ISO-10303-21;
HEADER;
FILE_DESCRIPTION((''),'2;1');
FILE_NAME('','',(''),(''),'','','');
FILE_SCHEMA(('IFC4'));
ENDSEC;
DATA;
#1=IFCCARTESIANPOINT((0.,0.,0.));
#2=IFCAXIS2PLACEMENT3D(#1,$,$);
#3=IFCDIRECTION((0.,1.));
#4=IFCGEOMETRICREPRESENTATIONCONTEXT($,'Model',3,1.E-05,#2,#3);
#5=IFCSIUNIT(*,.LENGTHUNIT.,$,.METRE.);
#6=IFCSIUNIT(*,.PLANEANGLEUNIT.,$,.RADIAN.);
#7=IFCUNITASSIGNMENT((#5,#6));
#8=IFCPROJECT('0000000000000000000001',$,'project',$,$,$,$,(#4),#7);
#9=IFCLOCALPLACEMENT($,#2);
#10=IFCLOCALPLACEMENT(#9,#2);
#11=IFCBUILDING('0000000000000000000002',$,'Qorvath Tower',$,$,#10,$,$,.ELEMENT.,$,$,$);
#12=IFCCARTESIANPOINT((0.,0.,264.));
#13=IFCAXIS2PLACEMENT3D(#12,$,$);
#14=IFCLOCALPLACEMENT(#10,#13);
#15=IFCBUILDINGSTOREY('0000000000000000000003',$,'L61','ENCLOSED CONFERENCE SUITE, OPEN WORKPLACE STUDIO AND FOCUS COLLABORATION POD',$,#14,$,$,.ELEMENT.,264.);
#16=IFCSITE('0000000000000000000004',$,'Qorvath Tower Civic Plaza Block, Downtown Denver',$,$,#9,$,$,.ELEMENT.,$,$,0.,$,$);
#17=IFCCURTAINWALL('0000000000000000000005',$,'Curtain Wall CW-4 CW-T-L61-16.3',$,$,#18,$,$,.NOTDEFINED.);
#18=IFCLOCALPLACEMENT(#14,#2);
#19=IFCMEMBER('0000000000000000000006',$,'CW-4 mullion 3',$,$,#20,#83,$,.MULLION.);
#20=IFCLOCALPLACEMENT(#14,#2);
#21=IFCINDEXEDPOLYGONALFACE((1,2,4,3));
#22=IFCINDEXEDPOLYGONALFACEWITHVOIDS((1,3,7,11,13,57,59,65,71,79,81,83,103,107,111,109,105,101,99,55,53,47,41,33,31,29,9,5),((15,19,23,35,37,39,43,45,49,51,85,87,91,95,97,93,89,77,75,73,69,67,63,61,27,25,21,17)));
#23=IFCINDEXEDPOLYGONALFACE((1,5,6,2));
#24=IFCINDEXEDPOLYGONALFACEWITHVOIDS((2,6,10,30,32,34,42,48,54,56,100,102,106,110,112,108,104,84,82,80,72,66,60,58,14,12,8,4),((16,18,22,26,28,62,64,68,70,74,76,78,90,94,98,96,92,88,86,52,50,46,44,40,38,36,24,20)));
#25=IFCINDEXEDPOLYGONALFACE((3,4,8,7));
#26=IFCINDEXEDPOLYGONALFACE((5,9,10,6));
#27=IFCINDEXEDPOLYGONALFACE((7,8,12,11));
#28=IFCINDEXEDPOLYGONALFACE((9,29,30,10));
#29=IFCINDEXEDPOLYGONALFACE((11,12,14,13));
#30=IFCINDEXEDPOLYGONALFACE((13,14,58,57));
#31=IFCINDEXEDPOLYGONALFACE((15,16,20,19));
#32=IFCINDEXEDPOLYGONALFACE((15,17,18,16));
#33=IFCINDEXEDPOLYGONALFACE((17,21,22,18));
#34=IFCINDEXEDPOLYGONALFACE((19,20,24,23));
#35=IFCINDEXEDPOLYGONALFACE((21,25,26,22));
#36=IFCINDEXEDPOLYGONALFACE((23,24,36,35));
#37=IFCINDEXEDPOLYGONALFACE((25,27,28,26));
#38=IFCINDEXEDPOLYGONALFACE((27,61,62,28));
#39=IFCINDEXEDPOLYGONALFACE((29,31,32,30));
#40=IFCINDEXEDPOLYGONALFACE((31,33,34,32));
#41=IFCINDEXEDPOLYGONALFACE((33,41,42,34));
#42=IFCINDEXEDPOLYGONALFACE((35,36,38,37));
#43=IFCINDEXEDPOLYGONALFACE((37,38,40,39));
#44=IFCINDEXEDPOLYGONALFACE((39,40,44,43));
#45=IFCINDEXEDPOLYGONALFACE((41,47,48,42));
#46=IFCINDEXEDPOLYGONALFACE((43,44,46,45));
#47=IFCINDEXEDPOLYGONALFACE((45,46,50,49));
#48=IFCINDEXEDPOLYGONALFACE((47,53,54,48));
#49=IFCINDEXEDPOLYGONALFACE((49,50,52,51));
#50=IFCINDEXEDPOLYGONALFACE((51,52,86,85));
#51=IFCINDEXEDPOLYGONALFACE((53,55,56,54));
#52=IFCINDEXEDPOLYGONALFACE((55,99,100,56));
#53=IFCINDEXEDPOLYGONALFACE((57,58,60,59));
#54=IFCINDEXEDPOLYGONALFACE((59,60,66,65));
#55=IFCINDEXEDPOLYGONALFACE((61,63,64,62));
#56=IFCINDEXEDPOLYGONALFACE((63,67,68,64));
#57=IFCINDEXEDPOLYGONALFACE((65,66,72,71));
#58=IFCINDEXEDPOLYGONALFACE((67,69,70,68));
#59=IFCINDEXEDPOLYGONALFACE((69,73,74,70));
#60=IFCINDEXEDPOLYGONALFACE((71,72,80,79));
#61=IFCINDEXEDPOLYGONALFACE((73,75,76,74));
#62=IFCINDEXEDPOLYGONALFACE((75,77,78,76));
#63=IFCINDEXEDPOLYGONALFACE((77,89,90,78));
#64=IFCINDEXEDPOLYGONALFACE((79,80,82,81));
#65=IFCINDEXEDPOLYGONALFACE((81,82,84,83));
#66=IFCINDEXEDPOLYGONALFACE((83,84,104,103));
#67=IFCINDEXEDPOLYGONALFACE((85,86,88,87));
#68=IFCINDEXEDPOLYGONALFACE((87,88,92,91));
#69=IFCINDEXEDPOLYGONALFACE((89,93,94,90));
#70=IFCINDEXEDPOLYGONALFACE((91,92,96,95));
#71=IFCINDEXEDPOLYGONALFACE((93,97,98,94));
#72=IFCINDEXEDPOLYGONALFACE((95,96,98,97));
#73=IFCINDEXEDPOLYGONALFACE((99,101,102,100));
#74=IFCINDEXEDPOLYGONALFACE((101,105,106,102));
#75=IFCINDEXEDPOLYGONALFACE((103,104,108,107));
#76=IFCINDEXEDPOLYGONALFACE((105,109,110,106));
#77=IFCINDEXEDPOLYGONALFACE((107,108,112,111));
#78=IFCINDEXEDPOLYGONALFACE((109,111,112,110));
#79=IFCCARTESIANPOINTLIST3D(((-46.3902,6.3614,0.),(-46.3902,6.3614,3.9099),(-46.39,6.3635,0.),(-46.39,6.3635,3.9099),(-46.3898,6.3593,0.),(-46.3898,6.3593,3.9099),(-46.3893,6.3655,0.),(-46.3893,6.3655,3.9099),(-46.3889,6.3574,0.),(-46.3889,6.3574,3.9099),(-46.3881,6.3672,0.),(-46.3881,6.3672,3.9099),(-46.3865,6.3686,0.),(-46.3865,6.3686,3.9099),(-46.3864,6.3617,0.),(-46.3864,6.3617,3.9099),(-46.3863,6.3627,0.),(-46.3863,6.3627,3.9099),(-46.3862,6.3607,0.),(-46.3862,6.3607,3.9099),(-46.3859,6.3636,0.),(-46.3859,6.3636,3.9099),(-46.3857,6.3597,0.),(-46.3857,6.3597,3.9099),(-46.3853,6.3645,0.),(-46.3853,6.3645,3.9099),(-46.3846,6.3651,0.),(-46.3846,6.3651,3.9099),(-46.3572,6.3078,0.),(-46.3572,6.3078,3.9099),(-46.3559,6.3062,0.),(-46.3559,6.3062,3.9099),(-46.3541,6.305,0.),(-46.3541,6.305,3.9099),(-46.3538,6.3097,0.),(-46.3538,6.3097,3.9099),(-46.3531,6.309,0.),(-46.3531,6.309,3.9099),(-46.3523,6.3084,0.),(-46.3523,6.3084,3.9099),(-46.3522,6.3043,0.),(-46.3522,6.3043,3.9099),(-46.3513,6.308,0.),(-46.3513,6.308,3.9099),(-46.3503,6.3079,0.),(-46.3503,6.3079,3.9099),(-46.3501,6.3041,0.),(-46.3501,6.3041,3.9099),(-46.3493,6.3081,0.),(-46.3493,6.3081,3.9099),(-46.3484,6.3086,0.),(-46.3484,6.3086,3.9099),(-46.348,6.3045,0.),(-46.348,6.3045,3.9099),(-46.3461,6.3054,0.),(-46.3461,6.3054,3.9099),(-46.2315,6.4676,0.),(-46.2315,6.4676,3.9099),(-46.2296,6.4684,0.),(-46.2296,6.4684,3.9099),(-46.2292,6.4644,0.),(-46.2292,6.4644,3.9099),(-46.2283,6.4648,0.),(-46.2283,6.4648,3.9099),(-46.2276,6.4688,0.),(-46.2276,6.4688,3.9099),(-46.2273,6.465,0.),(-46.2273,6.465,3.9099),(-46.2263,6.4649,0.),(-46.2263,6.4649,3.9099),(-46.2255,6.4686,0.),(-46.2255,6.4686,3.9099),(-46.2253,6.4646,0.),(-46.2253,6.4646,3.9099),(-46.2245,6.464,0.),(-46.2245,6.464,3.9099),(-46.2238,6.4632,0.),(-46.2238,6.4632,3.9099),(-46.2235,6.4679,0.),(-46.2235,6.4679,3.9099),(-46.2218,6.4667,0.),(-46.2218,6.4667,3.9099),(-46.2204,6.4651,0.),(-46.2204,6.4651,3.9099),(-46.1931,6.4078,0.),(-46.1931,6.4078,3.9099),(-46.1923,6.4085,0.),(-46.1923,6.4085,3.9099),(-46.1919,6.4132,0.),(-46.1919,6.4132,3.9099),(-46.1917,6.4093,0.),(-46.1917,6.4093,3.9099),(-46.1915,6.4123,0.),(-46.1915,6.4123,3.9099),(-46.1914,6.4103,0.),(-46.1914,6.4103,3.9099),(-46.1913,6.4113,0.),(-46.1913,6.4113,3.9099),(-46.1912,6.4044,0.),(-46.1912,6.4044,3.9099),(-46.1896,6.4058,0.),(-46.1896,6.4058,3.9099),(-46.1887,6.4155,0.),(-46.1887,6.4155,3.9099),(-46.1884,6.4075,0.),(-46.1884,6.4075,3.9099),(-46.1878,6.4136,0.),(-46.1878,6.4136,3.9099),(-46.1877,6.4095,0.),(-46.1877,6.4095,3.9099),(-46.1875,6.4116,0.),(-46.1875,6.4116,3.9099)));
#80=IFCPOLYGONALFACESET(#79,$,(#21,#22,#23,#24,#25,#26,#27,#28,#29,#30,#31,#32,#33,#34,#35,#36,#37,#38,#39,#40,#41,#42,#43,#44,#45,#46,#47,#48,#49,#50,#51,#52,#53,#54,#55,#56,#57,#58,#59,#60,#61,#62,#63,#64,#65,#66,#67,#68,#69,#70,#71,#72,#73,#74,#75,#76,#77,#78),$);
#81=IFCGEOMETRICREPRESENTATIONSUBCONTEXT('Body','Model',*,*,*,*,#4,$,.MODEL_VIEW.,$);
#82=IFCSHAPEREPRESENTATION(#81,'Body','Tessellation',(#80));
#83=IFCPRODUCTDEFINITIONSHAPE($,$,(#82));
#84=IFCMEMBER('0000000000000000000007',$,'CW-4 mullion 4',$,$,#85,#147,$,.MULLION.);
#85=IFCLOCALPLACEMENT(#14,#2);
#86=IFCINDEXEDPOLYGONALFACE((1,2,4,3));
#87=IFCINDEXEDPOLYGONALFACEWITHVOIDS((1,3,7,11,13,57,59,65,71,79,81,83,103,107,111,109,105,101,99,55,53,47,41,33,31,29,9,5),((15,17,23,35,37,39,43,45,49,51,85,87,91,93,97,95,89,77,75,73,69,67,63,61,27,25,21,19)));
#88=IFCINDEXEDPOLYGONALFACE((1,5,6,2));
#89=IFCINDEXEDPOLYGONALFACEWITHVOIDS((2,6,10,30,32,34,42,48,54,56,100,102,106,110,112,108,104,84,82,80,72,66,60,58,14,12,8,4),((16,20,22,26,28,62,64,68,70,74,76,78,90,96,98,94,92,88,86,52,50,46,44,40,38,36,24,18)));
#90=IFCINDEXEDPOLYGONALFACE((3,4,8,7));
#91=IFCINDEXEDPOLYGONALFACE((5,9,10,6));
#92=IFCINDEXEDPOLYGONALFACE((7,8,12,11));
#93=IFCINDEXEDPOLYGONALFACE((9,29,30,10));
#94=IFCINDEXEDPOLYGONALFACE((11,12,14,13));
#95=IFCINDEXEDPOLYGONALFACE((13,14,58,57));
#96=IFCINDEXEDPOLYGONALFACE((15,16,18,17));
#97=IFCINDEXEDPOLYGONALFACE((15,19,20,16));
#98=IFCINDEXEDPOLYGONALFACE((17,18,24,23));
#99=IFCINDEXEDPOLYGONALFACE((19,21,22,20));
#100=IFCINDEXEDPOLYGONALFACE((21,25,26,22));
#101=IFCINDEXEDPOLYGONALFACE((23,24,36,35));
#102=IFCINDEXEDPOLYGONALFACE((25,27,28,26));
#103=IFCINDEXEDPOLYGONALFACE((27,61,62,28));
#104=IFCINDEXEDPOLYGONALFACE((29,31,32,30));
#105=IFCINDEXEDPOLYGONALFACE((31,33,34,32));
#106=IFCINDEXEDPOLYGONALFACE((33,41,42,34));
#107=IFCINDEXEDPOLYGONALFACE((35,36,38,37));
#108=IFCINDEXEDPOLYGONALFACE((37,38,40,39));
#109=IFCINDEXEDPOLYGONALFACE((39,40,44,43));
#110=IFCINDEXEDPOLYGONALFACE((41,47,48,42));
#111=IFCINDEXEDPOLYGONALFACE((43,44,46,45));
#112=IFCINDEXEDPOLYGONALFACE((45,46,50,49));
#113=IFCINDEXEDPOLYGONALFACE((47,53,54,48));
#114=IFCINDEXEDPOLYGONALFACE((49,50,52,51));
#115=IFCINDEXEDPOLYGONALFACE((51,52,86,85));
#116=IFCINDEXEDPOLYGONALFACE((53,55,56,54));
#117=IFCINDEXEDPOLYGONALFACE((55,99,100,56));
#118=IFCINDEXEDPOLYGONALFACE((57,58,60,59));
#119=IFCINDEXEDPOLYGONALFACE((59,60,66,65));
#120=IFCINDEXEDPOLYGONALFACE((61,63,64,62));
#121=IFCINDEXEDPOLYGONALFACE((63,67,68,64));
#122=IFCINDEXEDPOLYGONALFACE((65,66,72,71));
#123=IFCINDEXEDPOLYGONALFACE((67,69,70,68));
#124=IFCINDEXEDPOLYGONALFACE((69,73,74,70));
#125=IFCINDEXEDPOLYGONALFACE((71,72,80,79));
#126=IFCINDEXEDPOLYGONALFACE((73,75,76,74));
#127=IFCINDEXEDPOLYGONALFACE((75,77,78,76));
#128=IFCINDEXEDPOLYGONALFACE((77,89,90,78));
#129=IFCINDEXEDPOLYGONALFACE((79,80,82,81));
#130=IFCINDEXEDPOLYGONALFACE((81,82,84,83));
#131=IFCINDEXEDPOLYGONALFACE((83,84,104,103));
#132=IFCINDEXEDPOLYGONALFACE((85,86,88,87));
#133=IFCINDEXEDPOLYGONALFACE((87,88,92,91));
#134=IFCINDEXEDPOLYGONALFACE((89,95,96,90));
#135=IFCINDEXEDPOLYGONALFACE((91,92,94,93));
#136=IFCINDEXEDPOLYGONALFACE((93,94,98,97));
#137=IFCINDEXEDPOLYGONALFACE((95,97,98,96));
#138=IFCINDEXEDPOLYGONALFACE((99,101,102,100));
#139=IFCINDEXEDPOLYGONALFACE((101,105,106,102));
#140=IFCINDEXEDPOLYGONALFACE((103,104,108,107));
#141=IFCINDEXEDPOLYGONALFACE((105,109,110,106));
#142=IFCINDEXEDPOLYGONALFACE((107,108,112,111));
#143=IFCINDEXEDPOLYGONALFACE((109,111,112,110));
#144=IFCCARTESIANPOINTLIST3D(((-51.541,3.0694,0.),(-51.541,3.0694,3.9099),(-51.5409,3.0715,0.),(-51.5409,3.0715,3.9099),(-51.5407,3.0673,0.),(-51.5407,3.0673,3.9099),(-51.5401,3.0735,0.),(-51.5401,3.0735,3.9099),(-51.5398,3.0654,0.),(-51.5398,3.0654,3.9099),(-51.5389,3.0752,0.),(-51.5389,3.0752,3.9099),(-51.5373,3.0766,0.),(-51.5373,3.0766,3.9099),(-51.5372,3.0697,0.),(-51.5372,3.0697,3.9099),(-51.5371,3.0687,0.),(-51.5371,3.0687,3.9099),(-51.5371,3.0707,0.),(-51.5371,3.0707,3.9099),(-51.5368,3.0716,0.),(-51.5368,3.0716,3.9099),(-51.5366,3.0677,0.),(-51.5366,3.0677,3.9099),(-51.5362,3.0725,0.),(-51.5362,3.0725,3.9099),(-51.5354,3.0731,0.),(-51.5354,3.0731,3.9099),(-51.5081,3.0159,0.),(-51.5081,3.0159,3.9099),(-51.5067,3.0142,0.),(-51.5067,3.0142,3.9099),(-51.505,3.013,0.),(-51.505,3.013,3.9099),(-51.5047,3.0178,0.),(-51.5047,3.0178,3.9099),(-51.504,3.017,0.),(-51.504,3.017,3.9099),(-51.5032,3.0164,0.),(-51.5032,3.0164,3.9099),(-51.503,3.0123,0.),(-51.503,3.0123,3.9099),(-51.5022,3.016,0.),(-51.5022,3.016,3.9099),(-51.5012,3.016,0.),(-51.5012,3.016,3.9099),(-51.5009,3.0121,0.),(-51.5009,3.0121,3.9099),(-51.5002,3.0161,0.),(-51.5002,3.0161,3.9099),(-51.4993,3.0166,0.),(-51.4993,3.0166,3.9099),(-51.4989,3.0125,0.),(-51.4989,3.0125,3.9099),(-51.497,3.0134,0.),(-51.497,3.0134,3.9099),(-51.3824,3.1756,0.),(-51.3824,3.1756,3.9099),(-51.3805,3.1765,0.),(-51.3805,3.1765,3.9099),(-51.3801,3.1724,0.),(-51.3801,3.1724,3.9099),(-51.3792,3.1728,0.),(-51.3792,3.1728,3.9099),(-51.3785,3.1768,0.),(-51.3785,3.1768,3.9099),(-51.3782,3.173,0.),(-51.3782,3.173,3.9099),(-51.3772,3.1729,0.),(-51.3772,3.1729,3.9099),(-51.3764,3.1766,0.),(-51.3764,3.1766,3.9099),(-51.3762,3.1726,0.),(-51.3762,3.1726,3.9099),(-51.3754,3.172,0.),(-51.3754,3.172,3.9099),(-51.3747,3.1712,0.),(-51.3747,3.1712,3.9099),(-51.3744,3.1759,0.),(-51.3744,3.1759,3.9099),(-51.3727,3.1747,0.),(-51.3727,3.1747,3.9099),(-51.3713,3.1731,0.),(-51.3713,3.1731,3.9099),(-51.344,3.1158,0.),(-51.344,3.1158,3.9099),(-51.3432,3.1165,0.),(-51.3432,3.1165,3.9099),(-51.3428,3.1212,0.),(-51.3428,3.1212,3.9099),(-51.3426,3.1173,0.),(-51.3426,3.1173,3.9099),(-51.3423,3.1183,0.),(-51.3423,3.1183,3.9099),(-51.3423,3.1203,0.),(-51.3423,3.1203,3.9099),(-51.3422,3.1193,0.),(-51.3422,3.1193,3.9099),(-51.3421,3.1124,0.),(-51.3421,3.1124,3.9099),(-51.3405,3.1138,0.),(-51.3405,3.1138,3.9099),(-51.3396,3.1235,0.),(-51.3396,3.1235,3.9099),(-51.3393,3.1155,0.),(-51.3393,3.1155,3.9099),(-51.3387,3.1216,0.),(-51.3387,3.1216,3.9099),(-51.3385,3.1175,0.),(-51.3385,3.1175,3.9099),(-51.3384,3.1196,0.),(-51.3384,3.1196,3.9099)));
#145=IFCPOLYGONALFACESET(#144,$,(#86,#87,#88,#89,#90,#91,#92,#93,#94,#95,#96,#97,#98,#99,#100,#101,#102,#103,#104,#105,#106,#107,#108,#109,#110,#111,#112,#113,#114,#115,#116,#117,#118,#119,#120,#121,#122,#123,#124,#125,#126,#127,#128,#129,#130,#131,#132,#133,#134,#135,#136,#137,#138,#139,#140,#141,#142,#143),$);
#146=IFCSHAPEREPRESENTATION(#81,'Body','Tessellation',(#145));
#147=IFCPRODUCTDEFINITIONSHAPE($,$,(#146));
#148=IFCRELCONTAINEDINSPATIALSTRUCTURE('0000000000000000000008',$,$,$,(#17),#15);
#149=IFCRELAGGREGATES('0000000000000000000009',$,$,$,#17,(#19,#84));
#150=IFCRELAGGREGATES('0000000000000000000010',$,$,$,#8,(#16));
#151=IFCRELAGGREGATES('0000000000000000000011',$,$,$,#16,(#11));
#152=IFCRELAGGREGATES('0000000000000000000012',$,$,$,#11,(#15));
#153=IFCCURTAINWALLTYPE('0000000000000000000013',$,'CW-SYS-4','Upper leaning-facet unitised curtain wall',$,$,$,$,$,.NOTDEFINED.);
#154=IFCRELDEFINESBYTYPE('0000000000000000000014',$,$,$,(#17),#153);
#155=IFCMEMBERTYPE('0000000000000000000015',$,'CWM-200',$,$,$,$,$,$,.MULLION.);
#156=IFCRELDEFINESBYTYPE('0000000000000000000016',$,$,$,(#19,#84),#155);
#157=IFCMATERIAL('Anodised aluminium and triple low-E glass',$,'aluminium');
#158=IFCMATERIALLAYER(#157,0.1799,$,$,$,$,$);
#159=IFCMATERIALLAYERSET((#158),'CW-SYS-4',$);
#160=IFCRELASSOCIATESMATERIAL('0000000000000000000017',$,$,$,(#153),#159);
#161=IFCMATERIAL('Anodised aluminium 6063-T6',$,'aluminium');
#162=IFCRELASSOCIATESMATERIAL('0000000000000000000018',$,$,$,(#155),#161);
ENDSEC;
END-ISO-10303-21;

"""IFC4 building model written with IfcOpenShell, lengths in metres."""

from ifc_helpers import new_model, si_unit, direction, frame, origin, origin_2d, place, context, subcontext, project, spatial, hollow_rectangle, extrude, material, layer, layer_set, material_profile, profile_set, type_object, element, aggregate, save


model = new_model("IFC4")

# Units and contexts
model_context = context("Model", 3, precision=1e-05, world=origin(), true_north=direction((0.0, 1.0)))
body_context = subcontext(model_context, "Body", "Model", "MODEL_VIEW")
ifc_project = project(units=[si_unit("LENGTHUNIT", "METRE"), si_unit("PLANEANGLEUNIT", "RADIAN")], contexts=[model_context])

# Site, building, storey
site_placement = place(None, origin())
site = spatial("IfcSite", under=ifc_project, at=site_placement, Name="Qorvath Tower Civic Plaza Block, Downtown Denver", CompositionType="ELEMENT", RefElevation=0.0)
building_placement = place(site_placement, origin())
building = spatial("IfcBuilding", under=site, at=building_placement, Name="Qorvath Tower", CompositionType="ELEMENT")
storey_placement = place(building_placement, frame((0.0, 0.0, 264.0)))
storey = spatial("IfcBuildingStorey", under=building, at=storey_placement, Name="L61", Description="ENCLOSED CONFERENCE SUITE, OPEN WORKPLACE STUDIO AND FOCUS COLLABORATION POD", CompositionType="ELEMENT", Elevation=264.0)

# Curtain wall, members
ifc_material_1 = material(Name="Anodised aluminium and triple low-E glass", Category="aluminium")
ifc_layer_1 = layer(ifc_material_1, 0.1799)
ifc_layer_set_1 = layer_set([ifc_layer_1], Name="CW-SYS-4")
curtain_wall_type = type_object("IfcCurtainWallType", Name="CW-SYS-4", Description="Upper leaning-facet unitised curtain wall", PredefinedType="NOTDEFINED", material=ifc_layer_set_1)
curtain_wall_placement = place(storey_placement, origin())
curtain_wall = element("IfcCurtainWall", 1, at=curtain_wall_placement, inside=storey, type_object=curtain_wall_type, Name="Curtain Wall CW-4 CW-T-L61-16.3", PredefinedType="NOTDEFINED")
ifc_material_2 = material(Name="Anodised aluminium 6063-T6", Category="aluminium")
ifc_material_profile_1 = material_profile(ifc_material_2, hollow_rectangle(XDim=0.075, YDim=0.2, WallThickness=0.0039, InnerFilletRadius=0.0039, OuterFilletRadius=0.0081, at=origin_2d()), Name="CWM 200x75")
ifc_profile_set_1 = profile_set([ifc_material_profile_1], Name="Anodised aluminium 6063-T6")
member_type_1 = type_object("IfcMemberType", Name="CWM-200", PredefinedType="MULLION", material=ifc_profile_set_1)
member_1_placement = place(storey_placement, frame((-46.2888, 6.3865, 0.0), z_axis=(0.0, 0.0, 1.0), x_axis=(0.538533, -0.842604, 0.0)))
member_1 = element("IfcMember", 2, at=member_1_placement, type_object=member_type_1, Name="CW-4 mullion 3", PredefinedType="MULLION", context=body_context, shape_type="SweptSolid", body=[
    extrude(hollow_rectangle(XDim=0.075, YDim=0.2, WallThickness=0.0039, InnerFilletRadius=0.0039, OuterFilletRadius=0.0081, at=origin_2d()), origin(), (0.0, 0.0, 1.0), 3.9099),
])
member_2_placement = place(storey_placement, frame((-51.4397, 3.0945, 0.0), z_axis=(0.0, 0.0, 1.0), x_axis=(0.538533, -0.842604, 0.0)))
member_2 = element("IfcMember", 3, at=member_2_placement, type_object=member_type_1, Name="CW-4 mullion 4", PredefinedType="MULLION", context=body_context, shape_type="SweptSolid", body=[
    extrude(hollow_rectangle(XDim=0.075, YDim=0.2, WallThickness=0.0039, InnerFilletRadius=0.0039, OuterFilletRadius=0.0081, at=origin_2d()), origin(), (0.0, 0.0, 1.0), 3.9099),
])
aggregate(curtain_wall, [member_1, member_2])

save(model, "model.ifc")
